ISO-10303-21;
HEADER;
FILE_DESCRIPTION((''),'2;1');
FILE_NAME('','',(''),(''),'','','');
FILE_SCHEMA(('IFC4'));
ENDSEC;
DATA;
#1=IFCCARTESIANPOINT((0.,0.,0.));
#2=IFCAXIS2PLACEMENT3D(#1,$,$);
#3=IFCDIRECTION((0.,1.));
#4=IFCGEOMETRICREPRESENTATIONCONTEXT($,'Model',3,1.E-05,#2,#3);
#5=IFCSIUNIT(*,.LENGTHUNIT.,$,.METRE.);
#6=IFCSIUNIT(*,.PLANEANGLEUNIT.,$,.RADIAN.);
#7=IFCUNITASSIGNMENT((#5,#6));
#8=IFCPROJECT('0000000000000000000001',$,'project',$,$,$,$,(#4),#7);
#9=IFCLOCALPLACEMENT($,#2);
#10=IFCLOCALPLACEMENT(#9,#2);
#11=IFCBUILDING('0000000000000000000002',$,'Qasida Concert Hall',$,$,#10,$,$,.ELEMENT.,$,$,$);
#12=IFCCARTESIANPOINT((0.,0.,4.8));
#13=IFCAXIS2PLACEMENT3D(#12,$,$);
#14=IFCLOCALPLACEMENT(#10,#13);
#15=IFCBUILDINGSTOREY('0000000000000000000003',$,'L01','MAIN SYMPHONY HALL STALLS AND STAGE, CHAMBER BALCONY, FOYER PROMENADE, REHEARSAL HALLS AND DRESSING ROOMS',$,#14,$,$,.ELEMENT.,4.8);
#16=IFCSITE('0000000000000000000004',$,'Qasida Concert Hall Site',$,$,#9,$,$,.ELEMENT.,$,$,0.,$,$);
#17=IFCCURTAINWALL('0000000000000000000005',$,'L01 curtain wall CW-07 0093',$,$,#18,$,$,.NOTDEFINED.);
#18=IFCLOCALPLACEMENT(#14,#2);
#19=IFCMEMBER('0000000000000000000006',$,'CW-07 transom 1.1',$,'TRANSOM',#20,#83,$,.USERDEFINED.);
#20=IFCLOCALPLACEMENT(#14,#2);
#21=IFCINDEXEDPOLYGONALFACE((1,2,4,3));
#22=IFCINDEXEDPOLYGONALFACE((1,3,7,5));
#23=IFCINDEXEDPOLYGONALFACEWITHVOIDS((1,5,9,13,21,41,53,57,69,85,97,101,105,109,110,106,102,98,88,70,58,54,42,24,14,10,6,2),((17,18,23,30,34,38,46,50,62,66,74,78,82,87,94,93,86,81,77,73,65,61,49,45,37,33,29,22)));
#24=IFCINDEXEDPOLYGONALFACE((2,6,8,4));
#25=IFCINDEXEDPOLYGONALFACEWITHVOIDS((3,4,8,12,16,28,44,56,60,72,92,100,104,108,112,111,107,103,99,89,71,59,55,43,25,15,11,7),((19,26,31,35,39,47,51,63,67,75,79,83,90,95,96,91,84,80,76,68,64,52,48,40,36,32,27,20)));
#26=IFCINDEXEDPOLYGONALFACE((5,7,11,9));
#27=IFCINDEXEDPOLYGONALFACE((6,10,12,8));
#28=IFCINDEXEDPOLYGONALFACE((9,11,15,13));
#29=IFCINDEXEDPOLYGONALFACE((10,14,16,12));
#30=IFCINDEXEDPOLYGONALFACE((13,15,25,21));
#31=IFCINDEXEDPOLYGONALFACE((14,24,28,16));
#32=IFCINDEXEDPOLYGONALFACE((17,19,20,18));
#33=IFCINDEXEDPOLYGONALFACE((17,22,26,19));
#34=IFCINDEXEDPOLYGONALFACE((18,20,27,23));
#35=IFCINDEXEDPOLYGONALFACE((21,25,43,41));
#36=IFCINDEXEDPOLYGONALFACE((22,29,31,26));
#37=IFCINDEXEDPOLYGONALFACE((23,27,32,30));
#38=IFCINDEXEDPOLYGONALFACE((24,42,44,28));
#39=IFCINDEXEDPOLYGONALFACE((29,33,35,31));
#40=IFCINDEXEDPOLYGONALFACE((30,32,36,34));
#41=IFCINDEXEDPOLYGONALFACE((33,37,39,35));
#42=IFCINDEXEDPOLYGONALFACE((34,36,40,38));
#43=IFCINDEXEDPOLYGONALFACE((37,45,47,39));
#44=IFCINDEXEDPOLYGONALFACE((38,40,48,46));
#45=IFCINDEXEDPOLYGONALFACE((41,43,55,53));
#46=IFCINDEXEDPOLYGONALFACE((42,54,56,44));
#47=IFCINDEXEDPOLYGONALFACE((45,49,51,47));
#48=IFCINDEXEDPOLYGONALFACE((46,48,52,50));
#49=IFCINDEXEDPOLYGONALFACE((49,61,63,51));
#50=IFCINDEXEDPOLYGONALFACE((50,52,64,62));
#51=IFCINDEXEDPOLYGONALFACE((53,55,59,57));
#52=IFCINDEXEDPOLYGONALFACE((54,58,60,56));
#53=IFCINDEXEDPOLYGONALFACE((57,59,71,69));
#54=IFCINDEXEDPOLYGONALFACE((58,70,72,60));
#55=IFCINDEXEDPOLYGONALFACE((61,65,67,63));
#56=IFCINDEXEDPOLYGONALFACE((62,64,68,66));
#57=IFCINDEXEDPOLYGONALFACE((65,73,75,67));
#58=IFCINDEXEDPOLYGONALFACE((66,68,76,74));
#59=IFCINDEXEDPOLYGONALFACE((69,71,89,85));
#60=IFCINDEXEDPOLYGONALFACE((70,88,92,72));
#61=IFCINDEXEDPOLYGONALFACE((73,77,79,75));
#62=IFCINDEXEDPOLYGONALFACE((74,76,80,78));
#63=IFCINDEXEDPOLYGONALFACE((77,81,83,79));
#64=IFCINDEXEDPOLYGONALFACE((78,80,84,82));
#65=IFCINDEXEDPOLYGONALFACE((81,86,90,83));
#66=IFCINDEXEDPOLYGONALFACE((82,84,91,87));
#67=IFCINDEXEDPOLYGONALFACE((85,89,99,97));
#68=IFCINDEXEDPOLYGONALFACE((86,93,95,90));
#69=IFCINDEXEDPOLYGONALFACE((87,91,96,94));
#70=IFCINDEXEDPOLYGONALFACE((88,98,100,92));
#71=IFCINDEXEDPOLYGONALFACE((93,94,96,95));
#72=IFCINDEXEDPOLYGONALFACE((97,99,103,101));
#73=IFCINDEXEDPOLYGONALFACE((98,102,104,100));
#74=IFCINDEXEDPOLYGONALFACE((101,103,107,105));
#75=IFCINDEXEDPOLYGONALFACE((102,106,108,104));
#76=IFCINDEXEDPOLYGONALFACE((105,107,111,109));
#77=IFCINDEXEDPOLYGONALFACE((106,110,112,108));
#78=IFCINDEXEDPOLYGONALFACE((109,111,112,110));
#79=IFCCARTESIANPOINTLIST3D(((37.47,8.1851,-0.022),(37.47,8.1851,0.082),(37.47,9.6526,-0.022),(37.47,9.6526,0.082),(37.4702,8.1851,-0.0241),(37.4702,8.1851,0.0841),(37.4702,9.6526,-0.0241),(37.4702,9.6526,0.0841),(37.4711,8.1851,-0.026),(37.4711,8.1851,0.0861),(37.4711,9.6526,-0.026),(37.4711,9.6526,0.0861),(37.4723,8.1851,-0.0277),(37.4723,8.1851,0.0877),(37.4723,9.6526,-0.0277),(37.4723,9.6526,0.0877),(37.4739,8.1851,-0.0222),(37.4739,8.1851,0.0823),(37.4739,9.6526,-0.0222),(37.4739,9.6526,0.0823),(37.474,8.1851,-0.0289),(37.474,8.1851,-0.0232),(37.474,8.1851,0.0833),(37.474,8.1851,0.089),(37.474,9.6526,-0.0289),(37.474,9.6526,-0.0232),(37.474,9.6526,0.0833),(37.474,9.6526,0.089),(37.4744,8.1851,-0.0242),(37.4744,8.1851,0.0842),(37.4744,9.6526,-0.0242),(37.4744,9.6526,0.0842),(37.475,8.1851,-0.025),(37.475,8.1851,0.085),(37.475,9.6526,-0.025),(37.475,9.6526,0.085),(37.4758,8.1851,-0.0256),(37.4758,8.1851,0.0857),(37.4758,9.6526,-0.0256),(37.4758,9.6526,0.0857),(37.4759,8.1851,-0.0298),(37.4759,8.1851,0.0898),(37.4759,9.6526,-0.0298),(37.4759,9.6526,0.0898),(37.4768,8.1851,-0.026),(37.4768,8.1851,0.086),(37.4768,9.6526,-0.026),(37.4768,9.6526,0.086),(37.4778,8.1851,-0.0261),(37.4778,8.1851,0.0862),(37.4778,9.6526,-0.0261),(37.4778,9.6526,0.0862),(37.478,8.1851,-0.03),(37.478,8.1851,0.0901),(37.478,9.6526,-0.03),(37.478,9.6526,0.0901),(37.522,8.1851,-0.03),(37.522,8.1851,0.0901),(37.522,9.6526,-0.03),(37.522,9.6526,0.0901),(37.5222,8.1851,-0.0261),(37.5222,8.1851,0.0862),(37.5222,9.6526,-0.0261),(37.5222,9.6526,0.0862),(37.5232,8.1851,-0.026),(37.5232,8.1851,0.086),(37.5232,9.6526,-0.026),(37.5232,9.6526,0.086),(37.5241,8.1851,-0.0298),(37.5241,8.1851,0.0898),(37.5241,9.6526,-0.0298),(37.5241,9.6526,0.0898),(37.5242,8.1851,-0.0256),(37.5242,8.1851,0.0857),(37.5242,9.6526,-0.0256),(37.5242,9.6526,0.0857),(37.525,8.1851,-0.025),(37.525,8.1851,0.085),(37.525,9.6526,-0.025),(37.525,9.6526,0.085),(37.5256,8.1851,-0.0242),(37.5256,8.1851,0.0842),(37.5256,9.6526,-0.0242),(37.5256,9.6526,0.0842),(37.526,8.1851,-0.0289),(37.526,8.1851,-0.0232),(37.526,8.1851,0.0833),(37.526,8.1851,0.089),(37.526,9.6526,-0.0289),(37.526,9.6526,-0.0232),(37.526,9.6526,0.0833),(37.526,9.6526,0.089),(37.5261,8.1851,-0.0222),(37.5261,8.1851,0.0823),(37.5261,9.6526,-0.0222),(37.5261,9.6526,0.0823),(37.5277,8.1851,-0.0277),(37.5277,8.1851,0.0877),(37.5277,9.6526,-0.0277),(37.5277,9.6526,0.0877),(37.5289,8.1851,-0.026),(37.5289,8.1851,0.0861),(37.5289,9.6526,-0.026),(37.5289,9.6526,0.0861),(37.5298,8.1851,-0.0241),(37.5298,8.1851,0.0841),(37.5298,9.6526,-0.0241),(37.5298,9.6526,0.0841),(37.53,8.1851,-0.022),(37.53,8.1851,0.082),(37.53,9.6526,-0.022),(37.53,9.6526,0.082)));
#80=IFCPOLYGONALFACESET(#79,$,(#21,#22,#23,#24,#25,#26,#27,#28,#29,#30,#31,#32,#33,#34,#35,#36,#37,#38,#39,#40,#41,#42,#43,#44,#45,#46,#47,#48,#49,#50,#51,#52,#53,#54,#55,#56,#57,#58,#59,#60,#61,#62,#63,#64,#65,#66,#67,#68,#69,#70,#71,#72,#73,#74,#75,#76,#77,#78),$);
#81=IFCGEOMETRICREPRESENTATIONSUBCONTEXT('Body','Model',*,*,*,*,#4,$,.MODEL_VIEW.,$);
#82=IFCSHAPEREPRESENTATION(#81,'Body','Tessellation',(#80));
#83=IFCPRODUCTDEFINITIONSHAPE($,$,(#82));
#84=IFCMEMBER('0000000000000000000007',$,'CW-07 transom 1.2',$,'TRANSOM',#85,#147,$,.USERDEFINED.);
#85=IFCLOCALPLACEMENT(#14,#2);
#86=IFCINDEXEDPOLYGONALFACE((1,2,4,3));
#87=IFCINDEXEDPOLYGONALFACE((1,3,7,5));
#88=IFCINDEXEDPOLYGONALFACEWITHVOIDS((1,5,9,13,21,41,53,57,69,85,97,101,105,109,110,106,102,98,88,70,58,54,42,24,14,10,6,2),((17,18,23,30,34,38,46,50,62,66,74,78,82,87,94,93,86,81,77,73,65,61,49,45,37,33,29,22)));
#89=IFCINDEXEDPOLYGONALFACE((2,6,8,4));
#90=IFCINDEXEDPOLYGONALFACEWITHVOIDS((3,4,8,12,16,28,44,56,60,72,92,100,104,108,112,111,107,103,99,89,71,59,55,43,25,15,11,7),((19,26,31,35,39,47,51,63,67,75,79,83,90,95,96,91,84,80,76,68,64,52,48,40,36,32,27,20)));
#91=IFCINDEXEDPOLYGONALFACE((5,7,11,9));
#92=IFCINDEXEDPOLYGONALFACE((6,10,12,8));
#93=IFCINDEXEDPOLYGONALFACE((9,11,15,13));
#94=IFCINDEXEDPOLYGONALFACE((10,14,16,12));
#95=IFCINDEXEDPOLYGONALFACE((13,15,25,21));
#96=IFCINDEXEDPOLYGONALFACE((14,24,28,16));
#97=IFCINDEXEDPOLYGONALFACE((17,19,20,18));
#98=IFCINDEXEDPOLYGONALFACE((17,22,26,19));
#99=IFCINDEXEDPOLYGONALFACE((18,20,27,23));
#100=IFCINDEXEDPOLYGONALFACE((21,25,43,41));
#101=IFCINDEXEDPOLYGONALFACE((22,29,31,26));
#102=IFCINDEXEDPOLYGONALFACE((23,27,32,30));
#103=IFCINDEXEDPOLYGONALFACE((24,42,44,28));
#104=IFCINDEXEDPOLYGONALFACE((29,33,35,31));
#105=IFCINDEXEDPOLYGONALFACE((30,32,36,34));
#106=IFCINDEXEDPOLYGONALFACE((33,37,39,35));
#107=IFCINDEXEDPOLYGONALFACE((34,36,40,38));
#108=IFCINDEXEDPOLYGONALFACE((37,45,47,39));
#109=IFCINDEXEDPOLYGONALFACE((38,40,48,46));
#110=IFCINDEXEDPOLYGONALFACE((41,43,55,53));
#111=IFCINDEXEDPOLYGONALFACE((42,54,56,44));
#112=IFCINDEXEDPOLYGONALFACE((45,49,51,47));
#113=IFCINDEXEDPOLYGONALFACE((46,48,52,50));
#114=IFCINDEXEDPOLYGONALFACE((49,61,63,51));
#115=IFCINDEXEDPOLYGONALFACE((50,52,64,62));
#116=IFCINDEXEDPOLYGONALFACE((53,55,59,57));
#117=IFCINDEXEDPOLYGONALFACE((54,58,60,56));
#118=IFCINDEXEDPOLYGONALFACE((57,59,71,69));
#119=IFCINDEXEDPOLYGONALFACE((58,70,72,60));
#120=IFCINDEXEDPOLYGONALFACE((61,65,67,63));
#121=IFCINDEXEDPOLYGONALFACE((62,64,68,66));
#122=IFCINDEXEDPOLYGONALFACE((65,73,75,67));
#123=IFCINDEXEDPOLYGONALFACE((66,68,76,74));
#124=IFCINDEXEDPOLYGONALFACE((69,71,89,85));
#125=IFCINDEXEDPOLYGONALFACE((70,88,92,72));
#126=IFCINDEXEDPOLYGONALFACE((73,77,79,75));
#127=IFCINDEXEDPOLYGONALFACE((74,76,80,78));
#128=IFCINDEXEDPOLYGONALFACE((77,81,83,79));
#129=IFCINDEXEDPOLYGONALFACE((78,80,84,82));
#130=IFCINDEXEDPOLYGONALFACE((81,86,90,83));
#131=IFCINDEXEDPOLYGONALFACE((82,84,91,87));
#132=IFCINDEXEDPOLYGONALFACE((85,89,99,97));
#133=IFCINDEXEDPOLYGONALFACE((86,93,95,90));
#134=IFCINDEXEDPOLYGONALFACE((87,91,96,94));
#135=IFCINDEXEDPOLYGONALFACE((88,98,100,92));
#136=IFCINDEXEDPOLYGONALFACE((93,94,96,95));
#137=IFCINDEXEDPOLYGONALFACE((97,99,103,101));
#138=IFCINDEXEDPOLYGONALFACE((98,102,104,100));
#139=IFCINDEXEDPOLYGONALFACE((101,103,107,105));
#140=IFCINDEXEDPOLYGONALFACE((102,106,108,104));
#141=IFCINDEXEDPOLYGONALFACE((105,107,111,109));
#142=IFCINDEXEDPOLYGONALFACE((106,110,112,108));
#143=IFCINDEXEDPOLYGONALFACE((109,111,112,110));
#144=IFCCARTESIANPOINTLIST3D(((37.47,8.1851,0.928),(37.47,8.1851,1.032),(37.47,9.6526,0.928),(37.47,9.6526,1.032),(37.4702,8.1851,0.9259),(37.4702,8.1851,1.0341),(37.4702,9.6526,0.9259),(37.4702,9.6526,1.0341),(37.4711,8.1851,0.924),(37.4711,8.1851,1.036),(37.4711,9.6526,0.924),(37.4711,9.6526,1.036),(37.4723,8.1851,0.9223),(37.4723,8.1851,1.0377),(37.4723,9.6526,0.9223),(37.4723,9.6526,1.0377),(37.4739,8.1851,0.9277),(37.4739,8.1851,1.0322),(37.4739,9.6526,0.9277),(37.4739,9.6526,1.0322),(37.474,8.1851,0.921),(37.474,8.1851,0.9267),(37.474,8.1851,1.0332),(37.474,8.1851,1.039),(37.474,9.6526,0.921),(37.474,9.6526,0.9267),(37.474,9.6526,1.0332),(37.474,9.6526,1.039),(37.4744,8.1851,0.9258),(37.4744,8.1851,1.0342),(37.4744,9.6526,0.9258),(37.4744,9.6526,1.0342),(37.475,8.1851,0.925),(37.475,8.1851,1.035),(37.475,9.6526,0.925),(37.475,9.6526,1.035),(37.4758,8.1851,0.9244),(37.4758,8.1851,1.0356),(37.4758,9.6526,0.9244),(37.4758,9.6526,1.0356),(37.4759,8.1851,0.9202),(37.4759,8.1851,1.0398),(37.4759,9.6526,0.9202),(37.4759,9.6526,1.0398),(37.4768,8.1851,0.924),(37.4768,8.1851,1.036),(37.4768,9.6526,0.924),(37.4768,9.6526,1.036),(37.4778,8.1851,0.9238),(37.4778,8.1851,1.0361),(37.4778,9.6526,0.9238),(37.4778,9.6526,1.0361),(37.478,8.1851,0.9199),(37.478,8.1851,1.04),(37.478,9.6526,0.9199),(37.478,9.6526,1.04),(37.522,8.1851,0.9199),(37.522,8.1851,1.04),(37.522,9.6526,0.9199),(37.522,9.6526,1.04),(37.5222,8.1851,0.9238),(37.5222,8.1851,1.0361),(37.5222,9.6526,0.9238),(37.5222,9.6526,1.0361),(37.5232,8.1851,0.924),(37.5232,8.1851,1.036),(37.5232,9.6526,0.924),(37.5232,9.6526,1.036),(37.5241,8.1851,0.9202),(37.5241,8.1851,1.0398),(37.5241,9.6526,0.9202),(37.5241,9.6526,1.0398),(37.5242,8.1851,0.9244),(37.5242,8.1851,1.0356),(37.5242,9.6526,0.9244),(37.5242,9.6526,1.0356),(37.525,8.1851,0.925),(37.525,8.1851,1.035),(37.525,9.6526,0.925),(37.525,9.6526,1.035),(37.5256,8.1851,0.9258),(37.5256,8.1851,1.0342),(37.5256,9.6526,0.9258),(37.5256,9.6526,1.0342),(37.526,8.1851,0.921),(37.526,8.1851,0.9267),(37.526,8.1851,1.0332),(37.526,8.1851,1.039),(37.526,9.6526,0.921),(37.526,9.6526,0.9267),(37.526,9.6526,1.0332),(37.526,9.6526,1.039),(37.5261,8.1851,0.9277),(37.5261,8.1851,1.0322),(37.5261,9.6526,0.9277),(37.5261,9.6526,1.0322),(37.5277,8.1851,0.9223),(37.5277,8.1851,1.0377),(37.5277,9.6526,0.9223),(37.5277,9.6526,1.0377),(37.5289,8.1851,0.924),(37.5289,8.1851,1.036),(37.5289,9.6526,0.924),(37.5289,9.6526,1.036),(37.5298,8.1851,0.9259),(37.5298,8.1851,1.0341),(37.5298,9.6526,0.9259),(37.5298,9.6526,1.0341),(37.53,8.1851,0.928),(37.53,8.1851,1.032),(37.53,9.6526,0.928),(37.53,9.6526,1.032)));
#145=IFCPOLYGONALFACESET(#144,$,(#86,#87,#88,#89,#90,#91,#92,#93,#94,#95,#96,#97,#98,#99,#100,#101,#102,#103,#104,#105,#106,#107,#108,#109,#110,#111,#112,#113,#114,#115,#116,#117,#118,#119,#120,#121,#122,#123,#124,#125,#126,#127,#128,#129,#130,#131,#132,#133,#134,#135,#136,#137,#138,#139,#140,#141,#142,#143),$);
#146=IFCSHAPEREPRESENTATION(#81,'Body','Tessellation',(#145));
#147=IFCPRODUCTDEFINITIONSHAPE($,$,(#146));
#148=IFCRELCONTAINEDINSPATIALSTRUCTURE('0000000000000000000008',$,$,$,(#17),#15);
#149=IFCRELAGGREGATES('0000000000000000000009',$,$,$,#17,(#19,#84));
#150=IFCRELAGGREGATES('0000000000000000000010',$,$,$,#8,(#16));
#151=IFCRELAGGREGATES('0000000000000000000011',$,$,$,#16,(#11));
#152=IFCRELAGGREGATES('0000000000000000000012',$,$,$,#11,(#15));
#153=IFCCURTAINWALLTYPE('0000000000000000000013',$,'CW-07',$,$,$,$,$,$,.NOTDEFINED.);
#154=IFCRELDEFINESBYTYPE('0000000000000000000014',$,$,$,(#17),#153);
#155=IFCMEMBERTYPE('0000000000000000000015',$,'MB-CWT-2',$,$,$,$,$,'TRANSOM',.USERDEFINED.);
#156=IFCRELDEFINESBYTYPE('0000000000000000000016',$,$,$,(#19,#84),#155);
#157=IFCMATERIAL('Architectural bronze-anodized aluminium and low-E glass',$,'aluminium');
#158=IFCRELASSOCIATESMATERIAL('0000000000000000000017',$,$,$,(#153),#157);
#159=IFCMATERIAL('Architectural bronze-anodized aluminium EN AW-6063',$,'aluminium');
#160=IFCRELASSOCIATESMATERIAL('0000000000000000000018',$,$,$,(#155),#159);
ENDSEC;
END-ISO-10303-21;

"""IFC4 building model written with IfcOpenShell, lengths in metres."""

from ifc_helpers import new_model, si_unit, direction, frame, origin, origin_2d, place, context, subcontext, project, spatial, hollow_rectangle, extrude, material, material_profile, profile_set, type_object, element, aggregate, save


model = new_model("IFC4")

# Units and contexts
model_context = context("Model", 3, precision=1e-05, world=origin(), true_north=direction((0.0, 1.0)))
body_context = subcontext(model_context, "Body", "Model", "MODEL_VIEW")
ifc_project = project(units=[si_unit("LENGTHUNIT", "METRE"), si_unit("PLANEANGLEUNIT", "RADIAN")], contexts=[model_context])

# Site, building, storey
site_placement = place(None, origin())
site = spatial("IfcSite", under=ifc_project, at=site_placement, Name="Qasida Concert Hall Site", CompositionType="ELEMENT", RefElevation=0.0)
building_placement = place(site_placement, origin())
building = spatial("IfcBuilding", under=site, at=building_placement, Name="Qasida Concert Hall", CompositionType="ELEMENT")
storey_placement = place(building_placement, frame((0.0, 0.0, 4.8)))
storey = spatial("IfcBuildingStorey", under=building, at=storey_placement, Name="L01", Description="MAIN SYMPHONY HALL STALLS AND STAGE, CHAMBER BALCONY, FOYER PROMENADE, REHEARSAL HALLS AND DRESSING ROOMS", CompositionType="ELEMENT", Elevation=4.8)

# Shared definitions
ifc_material_1 = material(Name="Architectural bronze-anodized aluminium and low-E glass", Category="aluminium")
curtain_wall_type = type_object("IfcCurtainWallType", Name="CW-07", PredefinedType="NOTDEFINED", material=ifc_material_1)
ifc_material_2 = material(Name="Architectural bronze-anodized aluminium EN AW-6063", Category="aluminium")

# Curtain wall
curtain_wall_1_placement = place(storey_placement, origin())
curtain_wall_1 = element("IfcCurtainWall", 1, at=curtain_wall_1_placement, inside=storey, type_object=curtain_wall_type, Name="L01 curtain wall CW-07 0093", PredefinedType="NOTDEFINED")

# Members
ifc_material_profile_1 = material_profile(ifc_material_2, hollow_rectangle(XDim=0.0601, YDim=0.1201, WallThickness=0.0039, InnerFilletRadius=0.0039, OuterFilletRadius=0.0081, at=origin_2d()), Name="CWT 120x60x4")
ifc_profile_set_1 = profile_set([ifc_material_profile_1], Name="Architectural bronze-anodized aluminium EN AW-6063")
member_type_1 = type_object("IfcMemberType", Name="MB-CWT-2", ElementType="TRANSOM", PredefinedType="USERDEFINED", material=ifc_profile_set_1)
member_1_placement = place(storey_placement, frame((37.5, 8.1851, 0.03), z_axis=(0.0, 1.0, 0.0), x_axis=(-1.0, 0.0, 0.0)))
member_1 = element("IfcMember", 2, at=member_1_placement, type_object=member_type_1, Name="CW-07 transom 1.1", ObjectType="TRANSOM", PredefinedType="USERDEFINED", context=body_context, shape_type="SweptSolid", body=[
    extrude(hollow_rectangle(XDim=0.0601, YDim=0.1201, WallThickness=0.0039, InnerFilletRadius=0.0039, OuterFilletRadius=0.0081, at=origin_2d()), origin(), (0.0, 0.0, 1.0), 1.4675),
])
member_2_placement = place(storey_placement, frame((37.5, 8.1851, 0.98), z_axis=(0.0, 1.0, 0.0), x_axis=(-1.0, 0.0, 0.0)))
member_2 = element("IfcMember", 3, at=member_2_placement, type_object=member_type_1, Name="CW-07 transom 1.2", ObjectType="TRANSOM", PredefinedType="USERDEFINED", context=body_context, shape_type="SweptSolid", body=[
    extrude(hollow_rectangle(XDim=0.0601, YDim=0.1201, WallThickness=0.0039, InnerFilletRadius=0.0039, OuterFilletRadius=0.0081, at=origin_2d()), origin(), (0.0, 0.0, 1.0), 1.4675),
])

aggregate(curtain_wall_1, [member_1, member_2])

save(model, "model.ifc")
